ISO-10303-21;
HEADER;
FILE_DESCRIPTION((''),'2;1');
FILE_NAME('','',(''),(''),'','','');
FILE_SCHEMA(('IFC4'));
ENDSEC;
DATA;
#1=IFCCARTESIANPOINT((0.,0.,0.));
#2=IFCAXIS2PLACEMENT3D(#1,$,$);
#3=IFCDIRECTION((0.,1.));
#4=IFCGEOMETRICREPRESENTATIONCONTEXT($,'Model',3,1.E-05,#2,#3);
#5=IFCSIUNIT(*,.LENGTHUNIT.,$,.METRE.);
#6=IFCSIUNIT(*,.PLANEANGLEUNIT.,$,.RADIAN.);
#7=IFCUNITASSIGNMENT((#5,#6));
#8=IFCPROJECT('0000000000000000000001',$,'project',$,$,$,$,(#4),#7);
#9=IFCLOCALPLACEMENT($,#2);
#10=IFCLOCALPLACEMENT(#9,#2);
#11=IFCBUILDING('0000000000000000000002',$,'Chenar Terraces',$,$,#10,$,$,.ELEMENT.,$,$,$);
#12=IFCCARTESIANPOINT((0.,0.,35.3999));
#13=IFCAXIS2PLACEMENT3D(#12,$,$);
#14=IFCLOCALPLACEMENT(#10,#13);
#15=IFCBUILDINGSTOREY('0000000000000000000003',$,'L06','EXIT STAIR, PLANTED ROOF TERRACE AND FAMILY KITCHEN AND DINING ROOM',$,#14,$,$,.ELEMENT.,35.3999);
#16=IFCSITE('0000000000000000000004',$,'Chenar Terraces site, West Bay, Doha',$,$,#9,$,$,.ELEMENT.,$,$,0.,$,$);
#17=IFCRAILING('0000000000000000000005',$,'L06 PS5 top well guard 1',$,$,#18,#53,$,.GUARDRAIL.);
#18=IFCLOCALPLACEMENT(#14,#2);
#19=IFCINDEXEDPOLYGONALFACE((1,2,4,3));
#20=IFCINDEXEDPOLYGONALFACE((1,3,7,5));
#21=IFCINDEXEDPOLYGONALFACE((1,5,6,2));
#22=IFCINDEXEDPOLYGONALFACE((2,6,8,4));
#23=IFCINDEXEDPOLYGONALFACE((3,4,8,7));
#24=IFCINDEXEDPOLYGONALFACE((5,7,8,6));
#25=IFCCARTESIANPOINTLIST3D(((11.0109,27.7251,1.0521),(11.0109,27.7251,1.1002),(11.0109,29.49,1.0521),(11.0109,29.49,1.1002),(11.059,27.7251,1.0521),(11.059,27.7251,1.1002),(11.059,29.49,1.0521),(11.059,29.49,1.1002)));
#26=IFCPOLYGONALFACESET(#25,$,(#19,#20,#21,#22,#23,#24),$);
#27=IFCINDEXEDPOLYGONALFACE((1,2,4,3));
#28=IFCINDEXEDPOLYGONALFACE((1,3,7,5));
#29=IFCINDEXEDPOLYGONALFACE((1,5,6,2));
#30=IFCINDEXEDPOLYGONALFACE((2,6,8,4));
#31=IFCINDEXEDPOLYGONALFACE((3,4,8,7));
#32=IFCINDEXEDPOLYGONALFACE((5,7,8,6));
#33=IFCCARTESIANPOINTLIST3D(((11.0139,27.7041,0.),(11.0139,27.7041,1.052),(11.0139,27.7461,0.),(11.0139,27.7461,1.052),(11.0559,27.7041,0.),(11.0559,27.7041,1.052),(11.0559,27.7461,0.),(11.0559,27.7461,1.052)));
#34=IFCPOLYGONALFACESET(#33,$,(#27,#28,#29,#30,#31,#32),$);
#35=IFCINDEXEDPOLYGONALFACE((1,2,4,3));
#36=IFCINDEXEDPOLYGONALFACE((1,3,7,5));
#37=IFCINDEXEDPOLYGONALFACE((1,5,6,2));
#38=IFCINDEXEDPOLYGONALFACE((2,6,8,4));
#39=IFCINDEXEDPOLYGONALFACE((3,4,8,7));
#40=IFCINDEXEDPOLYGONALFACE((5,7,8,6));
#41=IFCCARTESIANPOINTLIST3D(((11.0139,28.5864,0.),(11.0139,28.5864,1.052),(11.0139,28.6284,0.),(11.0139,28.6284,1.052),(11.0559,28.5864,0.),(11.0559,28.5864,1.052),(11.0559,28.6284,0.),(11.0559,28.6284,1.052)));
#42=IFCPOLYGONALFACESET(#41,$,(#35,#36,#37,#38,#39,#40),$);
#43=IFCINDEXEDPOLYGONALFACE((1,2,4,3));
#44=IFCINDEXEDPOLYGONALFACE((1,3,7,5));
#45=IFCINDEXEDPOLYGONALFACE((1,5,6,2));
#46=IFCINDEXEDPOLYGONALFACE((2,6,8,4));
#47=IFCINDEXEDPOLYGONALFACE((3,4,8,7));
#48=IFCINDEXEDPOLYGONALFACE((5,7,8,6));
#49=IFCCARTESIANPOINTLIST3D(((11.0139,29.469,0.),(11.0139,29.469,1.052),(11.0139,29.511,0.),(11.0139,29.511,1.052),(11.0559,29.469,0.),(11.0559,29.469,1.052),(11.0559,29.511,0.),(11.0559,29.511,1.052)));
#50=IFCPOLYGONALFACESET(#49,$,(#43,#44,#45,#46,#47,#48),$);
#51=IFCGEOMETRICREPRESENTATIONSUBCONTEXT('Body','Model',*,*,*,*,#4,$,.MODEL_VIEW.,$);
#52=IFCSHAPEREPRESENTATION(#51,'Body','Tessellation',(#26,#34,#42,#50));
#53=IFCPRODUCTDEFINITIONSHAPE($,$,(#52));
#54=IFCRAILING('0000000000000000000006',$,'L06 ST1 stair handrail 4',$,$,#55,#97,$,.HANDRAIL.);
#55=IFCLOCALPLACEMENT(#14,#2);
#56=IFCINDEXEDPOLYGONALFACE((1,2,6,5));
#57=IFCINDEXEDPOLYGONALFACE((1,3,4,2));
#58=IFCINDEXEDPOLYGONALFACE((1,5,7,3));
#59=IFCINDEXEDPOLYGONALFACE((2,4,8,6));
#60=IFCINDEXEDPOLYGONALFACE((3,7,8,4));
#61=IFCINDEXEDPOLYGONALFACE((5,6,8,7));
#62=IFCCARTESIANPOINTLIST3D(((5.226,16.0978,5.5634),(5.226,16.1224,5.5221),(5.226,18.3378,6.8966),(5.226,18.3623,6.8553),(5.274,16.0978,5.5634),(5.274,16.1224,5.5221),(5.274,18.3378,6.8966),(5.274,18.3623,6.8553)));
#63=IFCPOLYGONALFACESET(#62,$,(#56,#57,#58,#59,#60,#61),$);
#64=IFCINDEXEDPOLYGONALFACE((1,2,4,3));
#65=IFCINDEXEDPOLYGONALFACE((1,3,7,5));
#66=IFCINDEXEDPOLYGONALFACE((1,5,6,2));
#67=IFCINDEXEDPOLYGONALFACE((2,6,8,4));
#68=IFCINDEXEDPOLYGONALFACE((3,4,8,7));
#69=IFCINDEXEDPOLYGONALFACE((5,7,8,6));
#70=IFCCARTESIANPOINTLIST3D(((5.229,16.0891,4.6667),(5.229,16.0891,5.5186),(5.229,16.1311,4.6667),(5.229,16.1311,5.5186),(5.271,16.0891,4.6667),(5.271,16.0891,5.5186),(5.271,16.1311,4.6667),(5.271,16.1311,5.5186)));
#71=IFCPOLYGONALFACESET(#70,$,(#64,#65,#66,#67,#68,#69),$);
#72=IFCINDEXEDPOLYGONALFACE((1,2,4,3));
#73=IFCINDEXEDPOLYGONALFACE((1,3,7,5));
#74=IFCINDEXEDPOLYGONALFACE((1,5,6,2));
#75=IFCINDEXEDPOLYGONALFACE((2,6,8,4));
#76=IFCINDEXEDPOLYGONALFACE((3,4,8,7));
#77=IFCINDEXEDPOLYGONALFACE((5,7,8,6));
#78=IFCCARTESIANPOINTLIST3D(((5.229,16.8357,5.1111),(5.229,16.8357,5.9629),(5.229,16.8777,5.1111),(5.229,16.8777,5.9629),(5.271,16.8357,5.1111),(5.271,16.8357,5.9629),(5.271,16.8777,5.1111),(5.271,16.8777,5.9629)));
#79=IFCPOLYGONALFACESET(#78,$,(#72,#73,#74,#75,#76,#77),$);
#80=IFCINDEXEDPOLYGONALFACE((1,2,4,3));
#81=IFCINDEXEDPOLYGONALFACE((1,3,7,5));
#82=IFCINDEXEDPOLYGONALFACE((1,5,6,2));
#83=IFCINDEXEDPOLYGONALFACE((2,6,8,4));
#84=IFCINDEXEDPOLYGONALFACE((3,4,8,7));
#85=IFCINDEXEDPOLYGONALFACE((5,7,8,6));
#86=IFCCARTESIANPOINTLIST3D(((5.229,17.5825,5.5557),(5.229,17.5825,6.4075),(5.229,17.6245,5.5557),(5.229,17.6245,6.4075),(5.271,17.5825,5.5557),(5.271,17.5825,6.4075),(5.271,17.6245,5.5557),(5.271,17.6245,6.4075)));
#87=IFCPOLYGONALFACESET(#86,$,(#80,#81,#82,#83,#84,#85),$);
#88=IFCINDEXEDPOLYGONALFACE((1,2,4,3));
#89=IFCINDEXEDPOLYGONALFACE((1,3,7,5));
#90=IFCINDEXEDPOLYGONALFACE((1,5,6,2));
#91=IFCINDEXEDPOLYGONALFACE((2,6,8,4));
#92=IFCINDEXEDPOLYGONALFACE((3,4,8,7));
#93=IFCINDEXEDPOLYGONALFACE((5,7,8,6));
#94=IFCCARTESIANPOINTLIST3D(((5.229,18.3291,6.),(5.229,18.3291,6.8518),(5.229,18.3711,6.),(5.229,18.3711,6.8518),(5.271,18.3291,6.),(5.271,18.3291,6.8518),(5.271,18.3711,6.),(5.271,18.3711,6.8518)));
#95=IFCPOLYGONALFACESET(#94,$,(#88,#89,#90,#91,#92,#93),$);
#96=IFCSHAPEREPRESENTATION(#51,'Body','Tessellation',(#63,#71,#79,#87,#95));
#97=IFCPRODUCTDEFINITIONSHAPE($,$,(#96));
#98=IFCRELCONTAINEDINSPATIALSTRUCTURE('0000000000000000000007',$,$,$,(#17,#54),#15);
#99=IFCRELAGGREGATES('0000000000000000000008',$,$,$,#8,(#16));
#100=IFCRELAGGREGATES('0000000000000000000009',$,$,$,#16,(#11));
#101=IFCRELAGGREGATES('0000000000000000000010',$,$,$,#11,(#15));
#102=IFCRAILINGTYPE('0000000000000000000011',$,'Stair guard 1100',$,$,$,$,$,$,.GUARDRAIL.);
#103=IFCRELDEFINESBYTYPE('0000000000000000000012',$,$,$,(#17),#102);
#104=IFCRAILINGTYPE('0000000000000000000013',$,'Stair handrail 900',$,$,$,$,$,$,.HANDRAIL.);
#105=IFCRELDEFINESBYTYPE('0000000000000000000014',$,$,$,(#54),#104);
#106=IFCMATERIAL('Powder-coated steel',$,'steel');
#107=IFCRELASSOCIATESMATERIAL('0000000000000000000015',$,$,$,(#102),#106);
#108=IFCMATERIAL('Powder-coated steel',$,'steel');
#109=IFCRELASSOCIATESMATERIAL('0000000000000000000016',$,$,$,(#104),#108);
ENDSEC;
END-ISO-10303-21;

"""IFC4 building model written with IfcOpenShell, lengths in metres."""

from ifc_helpers import new_model, si_unit, direction, frame, origin, origin_2d, place, context, subcontext, project, spatial, rectangle, extrude, material, type_object, element, save


model = new_model("IFC4")

# Units and contexts
model_context = context("Model", 3, precision=1e-05, world=origin(), true_north=direction((0.0, 1.0)))
body_context = subcontext(model_context, "Body", "Model", "MODEL_VIEW")
ifc_project = project(units=[si_unit("LENGTHUNIT", "METRE"), si_unit("PLANEANGLEUNIT", "RADIAN")], contexts=[model_context])

# Site, building, storey
site_placement = place(None, origin())
site = spatial("IfcSite", under=ifc_project, at=site_placement, Name="Chenar Terraces site, West Bay, Doha", CompositionType="ELEMENT", RefElevation=0.0)
building_placement = place(site_placement, origin())
building = spatial("IfcBuilding", under=site, at=building_placement, Name="Chenar Terraces", CompositionType="ELEMENT")
storey_placement = place(building_placement, frame((0.0, 0.0, 35.3999)))
storey = spatial("IfcBuildingStorey", under=building, at=storey_placement, Name="L06", Description="EXIT STAIR, PLANTED ROOF TERRACE AND FAMILY KITCHEN AND DINING ROOM", CompositionType="ELEMENT", Elevation=35.3999)

# Railings
ifc_material_1 = material(Name="Powder-coated steel", Category="steel")
railing_type_1 = type_object("IfcRailingType", Name="Stair guard 1100", PredefinedType="GUARDRAIL", material=ifc_material_1)
railing_1_placement = place(storey_placement, frame((11.0349, 27.7251, 0.0)))
element("IfcRailing", 1, at=railing_1_placement, inside=storey, type_object=railing_type_1, Name="L06 PS5 top well guard 1", PredefinedType="GUARDRAIL", context=body_context, shape_type="SweptSolid", body=[
    extrude(rectangle(XDim=0.0481, YDim=0.0481, at=origin_2d()), frame((0.0, 0.0, 1.0762), z_axis=(0.0, 1.0, 0.0), x_axis=(-1.0, 0.0, 0.0)), (0.0, 0.0, 1.0), 1.7649),
    extrude(rectangle(XDim=0.042, YDim=0.042, at=origin_2d()), origin(), (0.0, 0.0, 1.0), 1.052),
    extrude(rectangle(XDim=0.042, YDim=0.042, at=origin_2d()), frame((0.0, 0.8823, 0.0)), (0.0, 0.0, 1.0), 1.052),
    extrude(rectangle(XDim=0.042, YDim=0.042, at=origin_2d()), frame((0.0, 1.7649, 0.0)), (0.0, 0.0, 1.0), 1.052),
])
ifc_material_2 = material(Name="Powder-coated steel", Category="steel")
railing_type_2 = type_object("IfcRailingType", Name="Stair handrail 900", PredefinedType="HANDRAIL", material=ifc_material_2)
railing_2_placement = place(storey_placement, frame((5.25, 16.1101, 4.6667)))
element("IfcRailing", 2, at=railing_2_placement, inside=storey, type_object=railing_type_2, Name="L06 ST1 stair handrail 4", PredefinedType="HANDRAIL", context=body_context, shape_type="SweptSolid", body=[
    extrude(rectangle(XDim=0.0481, YDim=0.0481, at=origin_2d()), frame((0.0, 0.0, 0.876), z_axis=(0.0, 0.859306, 0.511462), x_axis=(-1.0, 0.0, 0.0)), (0.0, 0.0, 1.0), 2.6067),
    extrude(rectangle(XDim=0.042, YDim=0.042, at=origin_2d()), origin(), (0.0, 0.0, 1.0), 0.8518),
    extrude(rectangle(XDim=0.042, YDim=0.042, at=origin_2d()), frame((0.0, 0.7466, 0.4443)), (0.0, 0.0, 1.0), 0.8518),
    extrude(rectangle(XDim=0.042, YDim=0.042, at=origin_2d()), frame((0.0, 1.4934, 0.8889)), (0.0, 0.0, 1.0), 0.8518),
    extrude(rectangle(XDim=0.042, YDim=0.042, at=origin_2d()), frame((0.0, 2.24, 1.3333)), (0.0, 0.0, 1.0), 0.8518),
])

save(model, "model.ifc")
